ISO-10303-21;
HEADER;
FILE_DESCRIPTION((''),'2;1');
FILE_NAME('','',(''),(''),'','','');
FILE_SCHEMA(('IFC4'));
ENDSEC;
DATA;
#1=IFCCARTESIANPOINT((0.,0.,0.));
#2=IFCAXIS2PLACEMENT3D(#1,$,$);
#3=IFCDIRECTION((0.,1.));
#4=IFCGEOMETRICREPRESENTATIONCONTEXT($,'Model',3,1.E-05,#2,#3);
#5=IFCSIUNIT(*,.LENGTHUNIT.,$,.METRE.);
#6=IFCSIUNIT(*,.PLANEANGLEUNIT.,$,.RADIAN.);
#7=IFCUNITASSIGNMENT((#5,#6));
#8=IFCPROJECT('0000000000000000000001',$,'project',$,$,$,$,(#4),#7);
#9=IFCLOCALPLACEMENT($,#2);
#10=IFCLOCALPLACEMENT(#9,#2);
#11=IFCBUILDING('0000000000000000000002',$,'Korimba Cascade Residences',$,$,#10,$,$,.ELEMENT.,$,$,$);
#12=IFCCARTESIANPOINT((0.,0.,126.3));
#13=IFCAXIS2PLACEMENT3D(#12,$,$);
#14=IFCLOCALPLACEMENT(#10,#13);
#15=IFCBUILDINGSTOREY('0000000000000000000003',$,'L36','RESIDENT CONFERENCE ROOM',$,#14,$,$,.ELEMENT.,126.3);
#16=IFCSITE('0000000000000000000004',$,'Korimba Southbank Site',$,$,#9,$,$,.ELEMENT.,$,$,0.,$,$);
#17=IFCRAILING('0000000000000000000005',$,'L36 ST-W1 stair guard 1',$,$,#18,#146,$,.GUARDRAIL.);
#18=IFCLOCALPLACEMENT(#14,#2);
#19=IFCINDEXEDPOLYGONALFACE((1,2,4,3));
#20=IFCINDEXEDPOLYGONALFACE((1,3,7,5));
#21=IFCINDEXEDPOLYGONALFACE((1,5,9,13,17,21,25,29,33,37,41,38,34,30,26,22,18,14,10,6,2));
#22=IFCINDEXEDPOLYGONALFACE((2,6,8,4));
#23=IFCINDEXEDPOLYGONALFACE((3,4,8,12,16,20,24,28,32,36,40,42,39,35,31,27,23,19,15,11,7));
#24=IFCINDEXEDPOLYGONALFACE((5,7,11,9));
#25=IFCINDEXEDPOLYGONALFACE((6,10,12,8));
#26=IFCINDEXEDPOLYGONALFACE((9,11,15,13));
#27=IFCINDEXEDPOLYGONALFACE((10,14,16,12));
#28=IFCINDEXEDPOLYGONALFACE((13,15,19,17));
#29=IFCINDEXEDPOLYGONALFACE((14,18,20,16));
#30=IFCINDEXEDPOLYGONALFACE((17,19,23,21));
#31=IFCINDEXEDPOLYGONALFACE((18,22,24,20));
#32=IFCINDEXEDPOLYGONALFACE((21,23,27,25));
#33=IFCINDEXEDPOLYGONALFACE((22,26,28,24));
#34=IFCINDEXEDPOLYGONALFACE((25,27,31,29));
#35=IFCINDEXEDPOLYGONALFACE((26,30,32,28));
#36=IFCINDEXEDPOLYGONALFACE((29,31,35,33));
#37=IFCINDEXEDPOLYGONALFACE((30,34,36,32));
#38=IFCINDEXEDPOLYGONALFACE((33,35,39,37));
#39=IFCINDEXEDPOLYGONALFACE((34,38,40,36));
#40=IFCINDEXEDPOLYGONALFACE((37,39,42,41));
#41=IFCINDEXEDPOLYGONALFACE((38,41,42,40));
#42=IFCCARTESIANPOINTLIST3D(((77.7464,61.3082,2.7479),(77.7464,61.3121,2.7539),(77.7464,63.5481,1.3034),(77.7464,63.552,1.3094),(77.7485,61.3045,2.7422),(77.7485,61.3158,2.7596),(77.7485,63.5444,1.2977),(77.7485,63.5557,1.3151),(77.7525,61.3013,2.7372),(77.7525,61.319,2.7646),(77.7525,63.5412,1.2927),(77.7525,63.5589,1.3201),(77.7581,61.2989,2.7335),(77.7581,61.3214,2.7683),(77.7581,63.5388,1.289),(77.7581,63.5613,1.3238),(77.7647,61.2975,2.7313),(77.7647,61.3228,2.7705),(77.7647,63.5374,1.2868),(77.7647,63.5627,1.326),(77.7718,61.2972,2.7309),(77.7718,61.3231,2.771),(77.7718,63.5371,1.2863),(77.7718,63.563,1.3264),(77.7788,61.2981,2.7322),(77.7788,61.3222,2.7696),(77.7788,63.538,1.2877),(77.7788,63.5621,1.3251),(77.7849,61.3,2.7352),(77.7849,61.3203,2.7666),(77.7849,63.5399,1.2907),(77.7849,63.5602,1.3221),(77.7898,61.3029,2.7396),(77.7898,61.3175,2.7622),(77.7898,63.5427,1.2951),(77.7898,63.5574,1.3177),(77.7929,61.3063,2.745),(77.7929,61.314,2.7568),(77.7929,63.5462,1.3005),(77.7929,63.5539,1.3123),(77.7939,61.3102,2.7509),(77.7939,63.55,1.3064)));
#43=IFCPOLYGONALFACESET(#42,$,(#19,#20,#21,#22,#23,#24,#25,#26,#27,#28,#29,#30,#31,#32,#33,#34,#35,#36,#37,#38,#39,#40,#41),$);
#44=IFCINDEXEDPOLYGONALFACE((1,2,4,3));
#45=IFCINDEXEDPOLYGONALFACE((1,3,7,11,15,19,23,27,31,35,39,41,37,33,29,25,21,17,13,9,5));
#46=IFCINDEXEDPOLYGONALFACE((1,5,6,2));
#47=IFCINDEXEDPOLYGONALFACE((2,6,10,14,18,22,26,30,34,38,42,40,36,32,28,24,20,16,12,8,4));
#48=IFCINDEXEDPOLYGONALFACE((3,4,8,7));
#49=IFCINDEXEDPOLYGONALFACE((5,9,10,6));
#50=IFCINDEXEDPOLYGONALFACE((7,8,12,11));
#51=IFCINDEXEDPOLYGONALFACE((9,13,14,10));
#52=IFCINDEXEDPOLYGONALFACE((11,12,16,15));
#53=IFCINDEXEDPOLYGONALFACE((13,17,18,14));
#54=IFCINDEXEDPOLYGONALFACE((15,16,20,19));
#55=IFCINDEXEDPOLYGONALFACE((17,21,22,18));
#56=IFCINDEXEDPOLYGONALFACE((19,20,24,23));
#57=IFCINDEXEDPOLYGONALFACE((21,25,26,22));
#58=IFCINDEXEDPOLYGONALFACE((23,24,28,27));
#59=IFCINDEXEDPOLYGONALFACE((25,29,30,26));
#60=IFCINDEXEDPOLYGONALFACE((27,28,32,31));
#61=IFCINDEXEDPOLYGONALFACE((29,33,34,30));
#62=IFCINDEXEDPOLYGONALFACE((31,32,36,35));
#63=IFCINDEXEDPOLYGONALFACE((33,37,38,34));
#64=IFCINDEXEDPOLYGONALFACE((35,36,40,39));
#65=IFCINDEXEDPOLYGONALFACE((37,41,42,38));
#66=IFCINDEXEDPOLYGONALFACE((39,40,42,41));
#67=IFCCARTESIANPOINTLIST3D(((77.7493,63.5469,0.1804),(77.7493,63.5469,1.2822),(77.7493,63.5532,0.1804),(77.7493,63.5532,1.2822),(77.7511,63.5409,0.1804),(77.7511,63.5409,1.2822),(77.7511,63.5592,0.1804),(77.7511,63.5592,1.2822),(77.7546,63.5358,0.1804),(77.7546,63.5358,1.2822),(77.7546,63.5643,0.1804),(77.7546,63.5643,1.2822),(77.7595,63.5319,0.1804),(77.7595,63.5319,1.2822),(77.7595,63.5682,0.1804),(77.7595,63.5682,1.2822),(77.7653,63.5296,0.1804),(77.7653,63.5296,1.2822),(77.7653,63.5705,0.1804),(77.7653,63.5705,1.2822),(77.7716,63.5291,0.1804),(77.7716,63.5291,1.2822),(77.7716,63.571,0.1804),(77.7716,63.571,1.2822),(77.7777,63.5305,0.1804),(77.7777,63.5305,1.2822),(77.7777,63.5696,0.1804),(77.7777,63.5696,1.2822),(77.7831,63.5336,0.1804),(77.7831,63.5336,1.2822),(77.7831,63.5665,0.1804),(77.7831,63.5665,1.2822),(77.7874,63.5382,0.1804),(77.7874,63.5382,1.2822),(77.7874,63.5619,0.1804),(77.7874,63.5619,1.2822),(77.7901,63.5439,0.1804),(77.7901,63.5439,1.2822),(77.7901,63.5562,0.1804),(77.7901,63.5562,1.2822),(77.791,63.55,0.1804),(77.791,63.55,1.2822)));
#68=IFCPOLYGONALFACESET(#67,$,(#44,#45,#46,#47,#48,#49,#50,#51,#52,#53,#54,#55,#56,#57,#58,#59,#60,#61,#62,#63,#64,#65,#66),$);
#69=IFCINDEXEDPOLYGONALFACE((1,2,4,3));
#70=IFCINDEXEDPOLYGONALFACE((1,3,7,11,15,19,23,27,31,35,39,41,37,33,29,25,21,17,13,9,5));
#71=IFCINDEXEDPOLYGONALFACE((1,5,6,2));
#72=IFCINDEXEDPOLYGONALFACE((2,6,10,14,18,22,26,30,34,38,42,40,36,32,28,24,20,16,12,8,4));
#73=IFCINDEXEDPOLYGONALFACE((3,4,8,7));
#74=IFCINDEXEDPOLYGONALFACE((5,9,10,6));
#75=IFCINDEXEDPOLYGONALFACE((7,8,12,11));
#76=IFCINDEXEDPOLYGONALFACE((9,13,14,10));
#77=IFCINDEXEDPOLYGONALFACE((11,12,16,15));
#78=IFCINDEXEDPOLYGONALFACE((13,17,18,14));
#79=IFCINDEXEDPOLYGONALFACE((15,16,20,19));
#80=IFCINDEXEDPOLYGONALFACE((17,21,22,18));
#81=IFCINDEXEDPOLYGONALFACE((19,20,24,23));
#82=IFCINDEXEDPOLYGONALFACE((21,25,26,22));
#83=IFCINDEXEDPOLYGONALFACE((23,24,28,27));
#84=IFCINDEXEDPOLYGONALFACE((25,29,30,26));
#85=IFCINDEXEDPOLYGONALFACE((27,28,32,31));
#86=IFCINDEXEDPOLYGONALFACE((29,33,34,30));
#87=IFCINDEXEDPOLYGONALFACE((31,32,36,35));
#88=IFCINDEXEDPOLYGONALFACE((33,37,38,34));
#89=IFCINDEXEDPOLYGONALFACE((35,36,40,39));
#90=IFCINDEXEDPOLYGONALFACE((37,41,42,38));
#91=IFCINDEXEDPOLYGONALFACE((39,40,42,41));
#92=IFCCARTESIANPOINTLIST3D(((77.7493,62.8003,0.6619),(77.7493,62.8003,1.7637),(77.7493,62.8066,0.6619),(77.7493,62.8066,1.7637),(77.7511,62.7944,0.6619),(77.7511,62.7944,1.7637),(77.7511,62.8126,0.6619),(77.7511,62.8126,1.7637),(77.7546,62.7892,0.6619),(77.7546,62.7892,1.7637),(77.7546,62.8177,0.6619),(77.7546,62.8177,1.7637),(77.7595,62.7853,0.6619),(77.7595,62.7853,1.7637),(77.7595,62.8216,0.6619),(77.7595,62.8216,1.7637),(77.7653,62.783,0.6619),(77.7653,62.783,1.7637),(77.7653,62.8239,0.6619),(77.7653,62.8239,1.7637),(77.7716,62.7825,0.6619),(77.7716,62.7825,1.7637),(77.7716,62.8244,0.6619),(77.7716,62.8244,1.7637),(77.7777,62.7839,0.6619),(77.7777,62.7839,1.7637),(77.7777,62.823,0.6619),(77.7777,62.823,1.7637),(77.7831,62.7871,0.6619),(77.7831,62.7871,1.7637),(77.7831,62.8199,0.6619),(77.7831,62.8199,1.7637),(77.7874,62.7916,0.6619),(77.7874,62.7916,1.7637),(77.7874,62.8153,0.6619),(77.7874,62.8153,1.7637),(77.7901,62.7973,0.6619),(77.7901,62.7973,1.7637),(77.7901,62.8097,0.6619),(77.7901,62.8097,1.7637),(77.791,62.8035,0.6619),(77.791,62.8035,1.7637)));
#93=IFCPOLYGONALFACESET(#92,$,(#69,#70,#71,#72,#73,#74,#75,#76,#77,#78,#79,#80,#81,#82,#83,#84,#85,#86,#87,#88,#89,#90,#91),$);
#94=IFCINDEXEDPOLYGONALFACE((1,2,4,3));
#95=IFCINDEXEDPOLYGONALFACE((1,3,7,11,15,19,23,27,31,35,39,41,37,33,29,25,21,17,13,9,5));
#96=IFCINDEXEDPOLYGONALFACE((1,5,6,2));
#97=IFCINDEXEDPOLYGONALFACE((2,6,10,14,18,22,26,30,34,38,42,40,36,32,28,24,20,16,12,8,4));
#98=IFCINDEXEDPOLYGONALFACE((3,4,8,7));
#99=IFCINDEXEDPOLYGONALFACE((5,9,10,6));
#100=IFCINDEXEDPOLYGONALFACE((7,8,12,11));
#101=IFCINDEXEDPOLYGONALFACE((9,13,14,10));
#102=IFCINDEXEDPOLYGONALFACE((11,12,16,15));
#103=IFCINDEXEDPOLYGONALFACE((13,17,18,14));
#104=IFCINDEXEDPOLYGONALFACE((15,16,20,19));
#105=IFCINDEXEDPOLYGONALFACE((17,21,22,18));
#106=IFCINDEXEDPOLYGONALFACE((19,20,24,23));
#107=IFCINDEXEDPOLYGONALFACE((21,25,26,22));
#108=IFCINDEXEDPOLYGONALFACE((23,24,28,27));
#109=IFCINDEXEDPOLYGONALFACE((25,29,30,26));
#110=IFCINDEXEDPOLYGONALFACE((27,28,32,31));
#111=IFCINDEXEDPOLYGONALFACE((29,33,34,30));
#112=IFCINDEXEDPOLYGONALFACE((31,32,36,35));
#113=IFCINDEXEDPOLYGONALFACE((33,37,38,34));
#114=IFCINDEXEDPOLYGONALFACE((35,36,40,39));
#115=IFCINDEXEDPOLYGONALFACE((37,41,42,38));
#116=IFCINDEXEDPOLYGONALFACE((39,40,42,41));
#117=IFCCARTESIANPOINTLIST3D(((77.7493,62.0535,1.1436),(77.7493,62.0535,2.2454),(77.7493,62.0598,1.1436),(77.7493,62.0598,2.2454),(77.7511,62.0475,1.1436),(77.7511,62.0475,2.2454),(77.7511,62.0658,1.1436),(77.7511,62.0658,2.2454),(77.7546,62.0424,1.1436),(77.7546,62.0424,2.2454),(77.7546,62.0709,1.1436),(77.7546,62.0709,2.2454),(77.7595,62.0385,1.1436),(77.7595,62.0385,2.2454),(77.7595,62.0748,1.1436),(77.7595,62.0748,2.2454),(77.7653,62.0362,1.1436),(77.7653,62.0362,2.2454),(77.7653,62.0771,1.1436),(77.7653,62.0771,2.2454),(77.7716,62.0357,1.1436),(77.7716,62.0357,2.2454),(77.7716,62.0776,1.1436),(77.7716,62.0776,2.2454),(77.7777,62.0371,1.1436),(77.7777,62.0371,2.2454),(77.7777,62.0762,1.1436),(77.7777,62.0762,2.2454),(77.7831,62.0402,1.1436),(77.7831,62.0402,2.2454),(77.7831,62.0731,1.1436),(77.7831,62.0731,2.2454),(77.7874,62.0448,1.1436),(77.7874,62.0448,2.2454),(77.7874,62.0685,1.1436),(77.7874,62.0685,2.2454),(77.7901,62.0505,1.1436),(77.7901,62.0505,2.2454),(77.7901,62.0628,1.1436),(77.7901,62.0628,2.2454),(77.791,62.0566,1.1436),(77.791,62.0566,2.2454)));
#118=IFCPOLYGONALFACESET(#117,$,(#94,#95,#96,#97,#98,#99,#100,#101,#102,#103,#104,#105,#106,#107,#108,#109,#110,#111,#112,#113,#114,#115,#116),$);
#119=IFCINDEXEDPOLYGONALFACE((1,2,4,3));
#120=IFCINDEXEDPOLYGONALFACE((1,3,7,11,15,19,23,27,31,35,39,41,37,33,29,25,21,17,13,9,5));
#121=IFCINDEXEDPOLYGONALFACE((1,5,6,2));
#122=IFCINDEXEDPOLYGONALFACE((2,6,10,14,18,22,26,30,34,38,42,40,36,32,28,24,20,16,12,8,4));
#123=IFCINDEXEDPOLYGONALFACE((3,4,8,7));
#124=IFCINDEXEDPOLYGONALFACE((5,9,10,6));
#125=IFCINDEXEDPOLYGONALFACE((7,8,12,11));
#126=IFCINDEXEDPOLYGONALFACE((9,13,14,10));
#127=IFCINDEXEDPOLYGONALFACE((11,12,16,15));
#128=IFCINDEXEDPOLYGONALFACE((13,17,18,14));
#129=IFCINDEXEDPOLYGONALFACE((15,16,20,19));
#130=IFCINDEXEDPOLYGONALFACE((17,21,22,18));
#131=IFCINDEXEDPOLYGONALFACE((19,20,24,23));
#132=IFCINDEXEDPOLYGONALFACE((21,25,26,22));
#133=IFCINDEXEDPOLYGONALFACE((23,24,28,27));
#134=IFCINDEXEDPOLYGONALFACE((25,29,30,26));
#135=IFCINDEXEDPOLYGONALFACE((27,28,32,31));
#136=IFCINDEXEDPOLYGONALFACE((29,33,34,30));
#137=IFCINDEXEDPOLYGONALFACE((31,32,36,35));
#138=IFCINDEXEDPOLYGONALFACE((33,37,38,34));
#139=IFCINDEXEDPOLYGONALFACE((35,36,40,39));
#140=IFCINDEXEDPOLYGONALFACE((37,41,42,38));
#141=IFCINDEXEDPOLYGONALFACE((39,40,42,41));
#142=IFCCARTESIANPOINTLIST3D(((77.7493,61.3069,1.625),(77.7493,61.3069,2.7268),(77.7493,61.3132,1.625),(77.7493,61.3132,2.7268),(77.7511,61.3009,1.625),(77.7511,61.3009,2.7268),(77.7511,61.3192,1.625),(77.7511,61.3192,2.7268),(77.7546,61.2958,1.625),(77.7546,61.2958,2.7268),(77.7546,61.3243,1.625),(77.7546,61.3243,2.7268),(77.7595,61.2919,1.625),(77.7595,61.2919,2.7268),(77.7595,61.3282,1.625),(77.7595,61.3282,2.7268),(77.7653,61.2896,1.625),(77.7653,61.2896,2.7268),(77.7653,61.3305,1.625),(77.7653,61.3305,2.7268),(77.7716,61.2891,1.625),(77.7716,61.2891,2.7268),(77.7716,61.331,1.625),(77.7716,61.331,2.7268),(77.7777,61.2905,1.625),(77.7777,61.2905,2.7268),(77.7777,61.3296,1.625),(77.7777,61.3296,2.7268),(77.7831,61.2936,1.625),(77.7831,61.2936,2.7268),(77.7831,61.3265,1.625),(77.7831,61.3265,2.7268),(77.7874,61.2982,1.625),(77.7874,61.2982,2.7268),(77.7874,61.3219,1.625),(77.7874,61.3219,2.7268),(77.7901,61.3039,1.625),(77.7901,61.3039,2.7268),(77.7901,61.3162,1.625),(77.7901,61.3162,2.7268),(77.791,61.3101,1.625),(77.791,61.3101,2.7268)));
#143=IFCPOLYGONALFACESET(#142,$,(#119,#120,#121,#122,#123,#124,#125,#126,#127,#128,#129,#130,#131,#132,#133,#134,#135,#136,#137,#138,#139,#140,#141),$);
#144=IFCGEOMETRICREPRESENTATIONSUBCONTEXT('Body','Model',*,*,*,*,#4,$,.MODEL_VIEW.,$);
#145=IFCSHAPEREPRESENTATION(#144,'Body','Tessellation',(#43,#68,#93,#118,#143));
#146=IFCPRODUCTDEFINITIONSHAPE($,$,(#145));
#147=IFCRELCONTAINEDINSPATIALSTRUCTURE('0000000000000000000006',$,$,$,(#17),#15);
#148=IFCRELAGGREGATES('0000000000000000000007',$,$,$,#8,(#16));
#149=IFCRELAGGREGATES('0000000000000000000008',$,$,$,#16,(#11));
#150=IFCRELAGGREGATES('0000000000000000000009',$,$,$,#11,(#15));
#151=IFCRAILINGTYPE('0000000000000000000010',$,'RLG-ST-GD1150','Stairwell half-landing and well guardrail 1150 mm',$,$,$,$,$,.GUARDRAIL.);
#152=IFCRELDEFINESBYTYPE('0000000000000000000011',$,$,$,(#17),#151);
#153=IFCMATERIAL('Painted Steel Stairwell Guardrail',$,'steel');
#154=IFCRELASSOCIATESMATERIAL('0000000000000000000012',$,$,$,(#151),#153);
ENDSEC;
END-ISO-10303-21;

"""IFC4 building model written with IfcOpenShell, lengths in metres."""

from ifc_helpers import new_model, si_unit, direction, frame, origin, origin_2d, place, context, subcontext, project, spatial, circle, extrude, material, type_object, element, save


model = new_model("IFC4")

# Units and contexts
model_context = context("Model", 3, precision=1e-05, world=origin(), true_north=direction((0.0, 1.0)))
body_context = subcontext(model_context, "Body", "Model", "MODEL_VIEW")
ifc_project = project(units=[si_unit("LENGTHUNIT", "METRE"), si_unit("PLANEANGLEUNIT", "RADIAN")], contexts=[model_context])

# Site, building, storey
site_placement = place(None, origin())
site = spatial("IfcSite", under=ifc_project, at=site_placement, Name="Korimba Southbank Site", CompositionType="ELEMENT", RefElevation=0.0)
building_placement = place(site_placement, origin())
building = spatial("IfcBuilding", under=site, at=building_placement, Name="Korimba Cascade Residences", CompositionType="ELEMENT")
storey_placement = place(building_placement, frame((0.0, 0.0, 126.3)))
storey = spatial("IfcBuildingStorey", under=building, at=storey_placement, Name="L36", Description="RESIDENT CONFERENCE ROOM", CompositionType="ELEMENT", Elevation=126.3)

# Railing
ifc_material_1 = material(Name="Painted Steel Stairwell Guardrail", Category="steel")
railing_type_1 = type_object("IfcRailingType", Name="RLG-ST-GD1150", Description="Stairwell half-landing and well guardrail 1150 mm", PredefinedType="GUARDRAIL", material=ifc_material_1)
railing_1_placement = place(storey_placement, frame((77.77, 63.55, 0.1804)))
element("IfcRailing", 1, at=railing_1_placement, inside=storey, type_object=railing_type_1, Name="L36 ST-W1 stair guard 1", PredefinedType="GUARDRAIL", context=body_context, shape_type="SweptSolid", body=[
    extrude(circle(Radius=0.0239, at=origin_2d()), frame((0.0, 0.0, 1.126), z_axis=(0.0, -0.840395, 0.541975), x_axis=(1.0, 0.0, 0.0)), (0.0, 0.0, 1.0), 2.6653),
    extrude(circle(Radius=0.021, at=origin_2d()), origin(), (0.0, 0.0, 1.0), 1.1018),
    extrude(circle(Radius=0.021, at=origin_2d()), frame((0.0, -0.7466, 0.4814)), (0.0, 0.0, 1.0), 1.1018),
    extrude(circle(Radius=0.021, at=origin_2d()), frame((0.0, -1.4934, 0.9631)), (0.0, 0.0, 1.0), 1.1018),
    extrude(circle(Radius=0.021, at=origin_2d()), frame((0.0, -2.24, 1.4446)), (0.0, 0.0, 1.0), 1.1018),
])

save(model, "model.ifc")
